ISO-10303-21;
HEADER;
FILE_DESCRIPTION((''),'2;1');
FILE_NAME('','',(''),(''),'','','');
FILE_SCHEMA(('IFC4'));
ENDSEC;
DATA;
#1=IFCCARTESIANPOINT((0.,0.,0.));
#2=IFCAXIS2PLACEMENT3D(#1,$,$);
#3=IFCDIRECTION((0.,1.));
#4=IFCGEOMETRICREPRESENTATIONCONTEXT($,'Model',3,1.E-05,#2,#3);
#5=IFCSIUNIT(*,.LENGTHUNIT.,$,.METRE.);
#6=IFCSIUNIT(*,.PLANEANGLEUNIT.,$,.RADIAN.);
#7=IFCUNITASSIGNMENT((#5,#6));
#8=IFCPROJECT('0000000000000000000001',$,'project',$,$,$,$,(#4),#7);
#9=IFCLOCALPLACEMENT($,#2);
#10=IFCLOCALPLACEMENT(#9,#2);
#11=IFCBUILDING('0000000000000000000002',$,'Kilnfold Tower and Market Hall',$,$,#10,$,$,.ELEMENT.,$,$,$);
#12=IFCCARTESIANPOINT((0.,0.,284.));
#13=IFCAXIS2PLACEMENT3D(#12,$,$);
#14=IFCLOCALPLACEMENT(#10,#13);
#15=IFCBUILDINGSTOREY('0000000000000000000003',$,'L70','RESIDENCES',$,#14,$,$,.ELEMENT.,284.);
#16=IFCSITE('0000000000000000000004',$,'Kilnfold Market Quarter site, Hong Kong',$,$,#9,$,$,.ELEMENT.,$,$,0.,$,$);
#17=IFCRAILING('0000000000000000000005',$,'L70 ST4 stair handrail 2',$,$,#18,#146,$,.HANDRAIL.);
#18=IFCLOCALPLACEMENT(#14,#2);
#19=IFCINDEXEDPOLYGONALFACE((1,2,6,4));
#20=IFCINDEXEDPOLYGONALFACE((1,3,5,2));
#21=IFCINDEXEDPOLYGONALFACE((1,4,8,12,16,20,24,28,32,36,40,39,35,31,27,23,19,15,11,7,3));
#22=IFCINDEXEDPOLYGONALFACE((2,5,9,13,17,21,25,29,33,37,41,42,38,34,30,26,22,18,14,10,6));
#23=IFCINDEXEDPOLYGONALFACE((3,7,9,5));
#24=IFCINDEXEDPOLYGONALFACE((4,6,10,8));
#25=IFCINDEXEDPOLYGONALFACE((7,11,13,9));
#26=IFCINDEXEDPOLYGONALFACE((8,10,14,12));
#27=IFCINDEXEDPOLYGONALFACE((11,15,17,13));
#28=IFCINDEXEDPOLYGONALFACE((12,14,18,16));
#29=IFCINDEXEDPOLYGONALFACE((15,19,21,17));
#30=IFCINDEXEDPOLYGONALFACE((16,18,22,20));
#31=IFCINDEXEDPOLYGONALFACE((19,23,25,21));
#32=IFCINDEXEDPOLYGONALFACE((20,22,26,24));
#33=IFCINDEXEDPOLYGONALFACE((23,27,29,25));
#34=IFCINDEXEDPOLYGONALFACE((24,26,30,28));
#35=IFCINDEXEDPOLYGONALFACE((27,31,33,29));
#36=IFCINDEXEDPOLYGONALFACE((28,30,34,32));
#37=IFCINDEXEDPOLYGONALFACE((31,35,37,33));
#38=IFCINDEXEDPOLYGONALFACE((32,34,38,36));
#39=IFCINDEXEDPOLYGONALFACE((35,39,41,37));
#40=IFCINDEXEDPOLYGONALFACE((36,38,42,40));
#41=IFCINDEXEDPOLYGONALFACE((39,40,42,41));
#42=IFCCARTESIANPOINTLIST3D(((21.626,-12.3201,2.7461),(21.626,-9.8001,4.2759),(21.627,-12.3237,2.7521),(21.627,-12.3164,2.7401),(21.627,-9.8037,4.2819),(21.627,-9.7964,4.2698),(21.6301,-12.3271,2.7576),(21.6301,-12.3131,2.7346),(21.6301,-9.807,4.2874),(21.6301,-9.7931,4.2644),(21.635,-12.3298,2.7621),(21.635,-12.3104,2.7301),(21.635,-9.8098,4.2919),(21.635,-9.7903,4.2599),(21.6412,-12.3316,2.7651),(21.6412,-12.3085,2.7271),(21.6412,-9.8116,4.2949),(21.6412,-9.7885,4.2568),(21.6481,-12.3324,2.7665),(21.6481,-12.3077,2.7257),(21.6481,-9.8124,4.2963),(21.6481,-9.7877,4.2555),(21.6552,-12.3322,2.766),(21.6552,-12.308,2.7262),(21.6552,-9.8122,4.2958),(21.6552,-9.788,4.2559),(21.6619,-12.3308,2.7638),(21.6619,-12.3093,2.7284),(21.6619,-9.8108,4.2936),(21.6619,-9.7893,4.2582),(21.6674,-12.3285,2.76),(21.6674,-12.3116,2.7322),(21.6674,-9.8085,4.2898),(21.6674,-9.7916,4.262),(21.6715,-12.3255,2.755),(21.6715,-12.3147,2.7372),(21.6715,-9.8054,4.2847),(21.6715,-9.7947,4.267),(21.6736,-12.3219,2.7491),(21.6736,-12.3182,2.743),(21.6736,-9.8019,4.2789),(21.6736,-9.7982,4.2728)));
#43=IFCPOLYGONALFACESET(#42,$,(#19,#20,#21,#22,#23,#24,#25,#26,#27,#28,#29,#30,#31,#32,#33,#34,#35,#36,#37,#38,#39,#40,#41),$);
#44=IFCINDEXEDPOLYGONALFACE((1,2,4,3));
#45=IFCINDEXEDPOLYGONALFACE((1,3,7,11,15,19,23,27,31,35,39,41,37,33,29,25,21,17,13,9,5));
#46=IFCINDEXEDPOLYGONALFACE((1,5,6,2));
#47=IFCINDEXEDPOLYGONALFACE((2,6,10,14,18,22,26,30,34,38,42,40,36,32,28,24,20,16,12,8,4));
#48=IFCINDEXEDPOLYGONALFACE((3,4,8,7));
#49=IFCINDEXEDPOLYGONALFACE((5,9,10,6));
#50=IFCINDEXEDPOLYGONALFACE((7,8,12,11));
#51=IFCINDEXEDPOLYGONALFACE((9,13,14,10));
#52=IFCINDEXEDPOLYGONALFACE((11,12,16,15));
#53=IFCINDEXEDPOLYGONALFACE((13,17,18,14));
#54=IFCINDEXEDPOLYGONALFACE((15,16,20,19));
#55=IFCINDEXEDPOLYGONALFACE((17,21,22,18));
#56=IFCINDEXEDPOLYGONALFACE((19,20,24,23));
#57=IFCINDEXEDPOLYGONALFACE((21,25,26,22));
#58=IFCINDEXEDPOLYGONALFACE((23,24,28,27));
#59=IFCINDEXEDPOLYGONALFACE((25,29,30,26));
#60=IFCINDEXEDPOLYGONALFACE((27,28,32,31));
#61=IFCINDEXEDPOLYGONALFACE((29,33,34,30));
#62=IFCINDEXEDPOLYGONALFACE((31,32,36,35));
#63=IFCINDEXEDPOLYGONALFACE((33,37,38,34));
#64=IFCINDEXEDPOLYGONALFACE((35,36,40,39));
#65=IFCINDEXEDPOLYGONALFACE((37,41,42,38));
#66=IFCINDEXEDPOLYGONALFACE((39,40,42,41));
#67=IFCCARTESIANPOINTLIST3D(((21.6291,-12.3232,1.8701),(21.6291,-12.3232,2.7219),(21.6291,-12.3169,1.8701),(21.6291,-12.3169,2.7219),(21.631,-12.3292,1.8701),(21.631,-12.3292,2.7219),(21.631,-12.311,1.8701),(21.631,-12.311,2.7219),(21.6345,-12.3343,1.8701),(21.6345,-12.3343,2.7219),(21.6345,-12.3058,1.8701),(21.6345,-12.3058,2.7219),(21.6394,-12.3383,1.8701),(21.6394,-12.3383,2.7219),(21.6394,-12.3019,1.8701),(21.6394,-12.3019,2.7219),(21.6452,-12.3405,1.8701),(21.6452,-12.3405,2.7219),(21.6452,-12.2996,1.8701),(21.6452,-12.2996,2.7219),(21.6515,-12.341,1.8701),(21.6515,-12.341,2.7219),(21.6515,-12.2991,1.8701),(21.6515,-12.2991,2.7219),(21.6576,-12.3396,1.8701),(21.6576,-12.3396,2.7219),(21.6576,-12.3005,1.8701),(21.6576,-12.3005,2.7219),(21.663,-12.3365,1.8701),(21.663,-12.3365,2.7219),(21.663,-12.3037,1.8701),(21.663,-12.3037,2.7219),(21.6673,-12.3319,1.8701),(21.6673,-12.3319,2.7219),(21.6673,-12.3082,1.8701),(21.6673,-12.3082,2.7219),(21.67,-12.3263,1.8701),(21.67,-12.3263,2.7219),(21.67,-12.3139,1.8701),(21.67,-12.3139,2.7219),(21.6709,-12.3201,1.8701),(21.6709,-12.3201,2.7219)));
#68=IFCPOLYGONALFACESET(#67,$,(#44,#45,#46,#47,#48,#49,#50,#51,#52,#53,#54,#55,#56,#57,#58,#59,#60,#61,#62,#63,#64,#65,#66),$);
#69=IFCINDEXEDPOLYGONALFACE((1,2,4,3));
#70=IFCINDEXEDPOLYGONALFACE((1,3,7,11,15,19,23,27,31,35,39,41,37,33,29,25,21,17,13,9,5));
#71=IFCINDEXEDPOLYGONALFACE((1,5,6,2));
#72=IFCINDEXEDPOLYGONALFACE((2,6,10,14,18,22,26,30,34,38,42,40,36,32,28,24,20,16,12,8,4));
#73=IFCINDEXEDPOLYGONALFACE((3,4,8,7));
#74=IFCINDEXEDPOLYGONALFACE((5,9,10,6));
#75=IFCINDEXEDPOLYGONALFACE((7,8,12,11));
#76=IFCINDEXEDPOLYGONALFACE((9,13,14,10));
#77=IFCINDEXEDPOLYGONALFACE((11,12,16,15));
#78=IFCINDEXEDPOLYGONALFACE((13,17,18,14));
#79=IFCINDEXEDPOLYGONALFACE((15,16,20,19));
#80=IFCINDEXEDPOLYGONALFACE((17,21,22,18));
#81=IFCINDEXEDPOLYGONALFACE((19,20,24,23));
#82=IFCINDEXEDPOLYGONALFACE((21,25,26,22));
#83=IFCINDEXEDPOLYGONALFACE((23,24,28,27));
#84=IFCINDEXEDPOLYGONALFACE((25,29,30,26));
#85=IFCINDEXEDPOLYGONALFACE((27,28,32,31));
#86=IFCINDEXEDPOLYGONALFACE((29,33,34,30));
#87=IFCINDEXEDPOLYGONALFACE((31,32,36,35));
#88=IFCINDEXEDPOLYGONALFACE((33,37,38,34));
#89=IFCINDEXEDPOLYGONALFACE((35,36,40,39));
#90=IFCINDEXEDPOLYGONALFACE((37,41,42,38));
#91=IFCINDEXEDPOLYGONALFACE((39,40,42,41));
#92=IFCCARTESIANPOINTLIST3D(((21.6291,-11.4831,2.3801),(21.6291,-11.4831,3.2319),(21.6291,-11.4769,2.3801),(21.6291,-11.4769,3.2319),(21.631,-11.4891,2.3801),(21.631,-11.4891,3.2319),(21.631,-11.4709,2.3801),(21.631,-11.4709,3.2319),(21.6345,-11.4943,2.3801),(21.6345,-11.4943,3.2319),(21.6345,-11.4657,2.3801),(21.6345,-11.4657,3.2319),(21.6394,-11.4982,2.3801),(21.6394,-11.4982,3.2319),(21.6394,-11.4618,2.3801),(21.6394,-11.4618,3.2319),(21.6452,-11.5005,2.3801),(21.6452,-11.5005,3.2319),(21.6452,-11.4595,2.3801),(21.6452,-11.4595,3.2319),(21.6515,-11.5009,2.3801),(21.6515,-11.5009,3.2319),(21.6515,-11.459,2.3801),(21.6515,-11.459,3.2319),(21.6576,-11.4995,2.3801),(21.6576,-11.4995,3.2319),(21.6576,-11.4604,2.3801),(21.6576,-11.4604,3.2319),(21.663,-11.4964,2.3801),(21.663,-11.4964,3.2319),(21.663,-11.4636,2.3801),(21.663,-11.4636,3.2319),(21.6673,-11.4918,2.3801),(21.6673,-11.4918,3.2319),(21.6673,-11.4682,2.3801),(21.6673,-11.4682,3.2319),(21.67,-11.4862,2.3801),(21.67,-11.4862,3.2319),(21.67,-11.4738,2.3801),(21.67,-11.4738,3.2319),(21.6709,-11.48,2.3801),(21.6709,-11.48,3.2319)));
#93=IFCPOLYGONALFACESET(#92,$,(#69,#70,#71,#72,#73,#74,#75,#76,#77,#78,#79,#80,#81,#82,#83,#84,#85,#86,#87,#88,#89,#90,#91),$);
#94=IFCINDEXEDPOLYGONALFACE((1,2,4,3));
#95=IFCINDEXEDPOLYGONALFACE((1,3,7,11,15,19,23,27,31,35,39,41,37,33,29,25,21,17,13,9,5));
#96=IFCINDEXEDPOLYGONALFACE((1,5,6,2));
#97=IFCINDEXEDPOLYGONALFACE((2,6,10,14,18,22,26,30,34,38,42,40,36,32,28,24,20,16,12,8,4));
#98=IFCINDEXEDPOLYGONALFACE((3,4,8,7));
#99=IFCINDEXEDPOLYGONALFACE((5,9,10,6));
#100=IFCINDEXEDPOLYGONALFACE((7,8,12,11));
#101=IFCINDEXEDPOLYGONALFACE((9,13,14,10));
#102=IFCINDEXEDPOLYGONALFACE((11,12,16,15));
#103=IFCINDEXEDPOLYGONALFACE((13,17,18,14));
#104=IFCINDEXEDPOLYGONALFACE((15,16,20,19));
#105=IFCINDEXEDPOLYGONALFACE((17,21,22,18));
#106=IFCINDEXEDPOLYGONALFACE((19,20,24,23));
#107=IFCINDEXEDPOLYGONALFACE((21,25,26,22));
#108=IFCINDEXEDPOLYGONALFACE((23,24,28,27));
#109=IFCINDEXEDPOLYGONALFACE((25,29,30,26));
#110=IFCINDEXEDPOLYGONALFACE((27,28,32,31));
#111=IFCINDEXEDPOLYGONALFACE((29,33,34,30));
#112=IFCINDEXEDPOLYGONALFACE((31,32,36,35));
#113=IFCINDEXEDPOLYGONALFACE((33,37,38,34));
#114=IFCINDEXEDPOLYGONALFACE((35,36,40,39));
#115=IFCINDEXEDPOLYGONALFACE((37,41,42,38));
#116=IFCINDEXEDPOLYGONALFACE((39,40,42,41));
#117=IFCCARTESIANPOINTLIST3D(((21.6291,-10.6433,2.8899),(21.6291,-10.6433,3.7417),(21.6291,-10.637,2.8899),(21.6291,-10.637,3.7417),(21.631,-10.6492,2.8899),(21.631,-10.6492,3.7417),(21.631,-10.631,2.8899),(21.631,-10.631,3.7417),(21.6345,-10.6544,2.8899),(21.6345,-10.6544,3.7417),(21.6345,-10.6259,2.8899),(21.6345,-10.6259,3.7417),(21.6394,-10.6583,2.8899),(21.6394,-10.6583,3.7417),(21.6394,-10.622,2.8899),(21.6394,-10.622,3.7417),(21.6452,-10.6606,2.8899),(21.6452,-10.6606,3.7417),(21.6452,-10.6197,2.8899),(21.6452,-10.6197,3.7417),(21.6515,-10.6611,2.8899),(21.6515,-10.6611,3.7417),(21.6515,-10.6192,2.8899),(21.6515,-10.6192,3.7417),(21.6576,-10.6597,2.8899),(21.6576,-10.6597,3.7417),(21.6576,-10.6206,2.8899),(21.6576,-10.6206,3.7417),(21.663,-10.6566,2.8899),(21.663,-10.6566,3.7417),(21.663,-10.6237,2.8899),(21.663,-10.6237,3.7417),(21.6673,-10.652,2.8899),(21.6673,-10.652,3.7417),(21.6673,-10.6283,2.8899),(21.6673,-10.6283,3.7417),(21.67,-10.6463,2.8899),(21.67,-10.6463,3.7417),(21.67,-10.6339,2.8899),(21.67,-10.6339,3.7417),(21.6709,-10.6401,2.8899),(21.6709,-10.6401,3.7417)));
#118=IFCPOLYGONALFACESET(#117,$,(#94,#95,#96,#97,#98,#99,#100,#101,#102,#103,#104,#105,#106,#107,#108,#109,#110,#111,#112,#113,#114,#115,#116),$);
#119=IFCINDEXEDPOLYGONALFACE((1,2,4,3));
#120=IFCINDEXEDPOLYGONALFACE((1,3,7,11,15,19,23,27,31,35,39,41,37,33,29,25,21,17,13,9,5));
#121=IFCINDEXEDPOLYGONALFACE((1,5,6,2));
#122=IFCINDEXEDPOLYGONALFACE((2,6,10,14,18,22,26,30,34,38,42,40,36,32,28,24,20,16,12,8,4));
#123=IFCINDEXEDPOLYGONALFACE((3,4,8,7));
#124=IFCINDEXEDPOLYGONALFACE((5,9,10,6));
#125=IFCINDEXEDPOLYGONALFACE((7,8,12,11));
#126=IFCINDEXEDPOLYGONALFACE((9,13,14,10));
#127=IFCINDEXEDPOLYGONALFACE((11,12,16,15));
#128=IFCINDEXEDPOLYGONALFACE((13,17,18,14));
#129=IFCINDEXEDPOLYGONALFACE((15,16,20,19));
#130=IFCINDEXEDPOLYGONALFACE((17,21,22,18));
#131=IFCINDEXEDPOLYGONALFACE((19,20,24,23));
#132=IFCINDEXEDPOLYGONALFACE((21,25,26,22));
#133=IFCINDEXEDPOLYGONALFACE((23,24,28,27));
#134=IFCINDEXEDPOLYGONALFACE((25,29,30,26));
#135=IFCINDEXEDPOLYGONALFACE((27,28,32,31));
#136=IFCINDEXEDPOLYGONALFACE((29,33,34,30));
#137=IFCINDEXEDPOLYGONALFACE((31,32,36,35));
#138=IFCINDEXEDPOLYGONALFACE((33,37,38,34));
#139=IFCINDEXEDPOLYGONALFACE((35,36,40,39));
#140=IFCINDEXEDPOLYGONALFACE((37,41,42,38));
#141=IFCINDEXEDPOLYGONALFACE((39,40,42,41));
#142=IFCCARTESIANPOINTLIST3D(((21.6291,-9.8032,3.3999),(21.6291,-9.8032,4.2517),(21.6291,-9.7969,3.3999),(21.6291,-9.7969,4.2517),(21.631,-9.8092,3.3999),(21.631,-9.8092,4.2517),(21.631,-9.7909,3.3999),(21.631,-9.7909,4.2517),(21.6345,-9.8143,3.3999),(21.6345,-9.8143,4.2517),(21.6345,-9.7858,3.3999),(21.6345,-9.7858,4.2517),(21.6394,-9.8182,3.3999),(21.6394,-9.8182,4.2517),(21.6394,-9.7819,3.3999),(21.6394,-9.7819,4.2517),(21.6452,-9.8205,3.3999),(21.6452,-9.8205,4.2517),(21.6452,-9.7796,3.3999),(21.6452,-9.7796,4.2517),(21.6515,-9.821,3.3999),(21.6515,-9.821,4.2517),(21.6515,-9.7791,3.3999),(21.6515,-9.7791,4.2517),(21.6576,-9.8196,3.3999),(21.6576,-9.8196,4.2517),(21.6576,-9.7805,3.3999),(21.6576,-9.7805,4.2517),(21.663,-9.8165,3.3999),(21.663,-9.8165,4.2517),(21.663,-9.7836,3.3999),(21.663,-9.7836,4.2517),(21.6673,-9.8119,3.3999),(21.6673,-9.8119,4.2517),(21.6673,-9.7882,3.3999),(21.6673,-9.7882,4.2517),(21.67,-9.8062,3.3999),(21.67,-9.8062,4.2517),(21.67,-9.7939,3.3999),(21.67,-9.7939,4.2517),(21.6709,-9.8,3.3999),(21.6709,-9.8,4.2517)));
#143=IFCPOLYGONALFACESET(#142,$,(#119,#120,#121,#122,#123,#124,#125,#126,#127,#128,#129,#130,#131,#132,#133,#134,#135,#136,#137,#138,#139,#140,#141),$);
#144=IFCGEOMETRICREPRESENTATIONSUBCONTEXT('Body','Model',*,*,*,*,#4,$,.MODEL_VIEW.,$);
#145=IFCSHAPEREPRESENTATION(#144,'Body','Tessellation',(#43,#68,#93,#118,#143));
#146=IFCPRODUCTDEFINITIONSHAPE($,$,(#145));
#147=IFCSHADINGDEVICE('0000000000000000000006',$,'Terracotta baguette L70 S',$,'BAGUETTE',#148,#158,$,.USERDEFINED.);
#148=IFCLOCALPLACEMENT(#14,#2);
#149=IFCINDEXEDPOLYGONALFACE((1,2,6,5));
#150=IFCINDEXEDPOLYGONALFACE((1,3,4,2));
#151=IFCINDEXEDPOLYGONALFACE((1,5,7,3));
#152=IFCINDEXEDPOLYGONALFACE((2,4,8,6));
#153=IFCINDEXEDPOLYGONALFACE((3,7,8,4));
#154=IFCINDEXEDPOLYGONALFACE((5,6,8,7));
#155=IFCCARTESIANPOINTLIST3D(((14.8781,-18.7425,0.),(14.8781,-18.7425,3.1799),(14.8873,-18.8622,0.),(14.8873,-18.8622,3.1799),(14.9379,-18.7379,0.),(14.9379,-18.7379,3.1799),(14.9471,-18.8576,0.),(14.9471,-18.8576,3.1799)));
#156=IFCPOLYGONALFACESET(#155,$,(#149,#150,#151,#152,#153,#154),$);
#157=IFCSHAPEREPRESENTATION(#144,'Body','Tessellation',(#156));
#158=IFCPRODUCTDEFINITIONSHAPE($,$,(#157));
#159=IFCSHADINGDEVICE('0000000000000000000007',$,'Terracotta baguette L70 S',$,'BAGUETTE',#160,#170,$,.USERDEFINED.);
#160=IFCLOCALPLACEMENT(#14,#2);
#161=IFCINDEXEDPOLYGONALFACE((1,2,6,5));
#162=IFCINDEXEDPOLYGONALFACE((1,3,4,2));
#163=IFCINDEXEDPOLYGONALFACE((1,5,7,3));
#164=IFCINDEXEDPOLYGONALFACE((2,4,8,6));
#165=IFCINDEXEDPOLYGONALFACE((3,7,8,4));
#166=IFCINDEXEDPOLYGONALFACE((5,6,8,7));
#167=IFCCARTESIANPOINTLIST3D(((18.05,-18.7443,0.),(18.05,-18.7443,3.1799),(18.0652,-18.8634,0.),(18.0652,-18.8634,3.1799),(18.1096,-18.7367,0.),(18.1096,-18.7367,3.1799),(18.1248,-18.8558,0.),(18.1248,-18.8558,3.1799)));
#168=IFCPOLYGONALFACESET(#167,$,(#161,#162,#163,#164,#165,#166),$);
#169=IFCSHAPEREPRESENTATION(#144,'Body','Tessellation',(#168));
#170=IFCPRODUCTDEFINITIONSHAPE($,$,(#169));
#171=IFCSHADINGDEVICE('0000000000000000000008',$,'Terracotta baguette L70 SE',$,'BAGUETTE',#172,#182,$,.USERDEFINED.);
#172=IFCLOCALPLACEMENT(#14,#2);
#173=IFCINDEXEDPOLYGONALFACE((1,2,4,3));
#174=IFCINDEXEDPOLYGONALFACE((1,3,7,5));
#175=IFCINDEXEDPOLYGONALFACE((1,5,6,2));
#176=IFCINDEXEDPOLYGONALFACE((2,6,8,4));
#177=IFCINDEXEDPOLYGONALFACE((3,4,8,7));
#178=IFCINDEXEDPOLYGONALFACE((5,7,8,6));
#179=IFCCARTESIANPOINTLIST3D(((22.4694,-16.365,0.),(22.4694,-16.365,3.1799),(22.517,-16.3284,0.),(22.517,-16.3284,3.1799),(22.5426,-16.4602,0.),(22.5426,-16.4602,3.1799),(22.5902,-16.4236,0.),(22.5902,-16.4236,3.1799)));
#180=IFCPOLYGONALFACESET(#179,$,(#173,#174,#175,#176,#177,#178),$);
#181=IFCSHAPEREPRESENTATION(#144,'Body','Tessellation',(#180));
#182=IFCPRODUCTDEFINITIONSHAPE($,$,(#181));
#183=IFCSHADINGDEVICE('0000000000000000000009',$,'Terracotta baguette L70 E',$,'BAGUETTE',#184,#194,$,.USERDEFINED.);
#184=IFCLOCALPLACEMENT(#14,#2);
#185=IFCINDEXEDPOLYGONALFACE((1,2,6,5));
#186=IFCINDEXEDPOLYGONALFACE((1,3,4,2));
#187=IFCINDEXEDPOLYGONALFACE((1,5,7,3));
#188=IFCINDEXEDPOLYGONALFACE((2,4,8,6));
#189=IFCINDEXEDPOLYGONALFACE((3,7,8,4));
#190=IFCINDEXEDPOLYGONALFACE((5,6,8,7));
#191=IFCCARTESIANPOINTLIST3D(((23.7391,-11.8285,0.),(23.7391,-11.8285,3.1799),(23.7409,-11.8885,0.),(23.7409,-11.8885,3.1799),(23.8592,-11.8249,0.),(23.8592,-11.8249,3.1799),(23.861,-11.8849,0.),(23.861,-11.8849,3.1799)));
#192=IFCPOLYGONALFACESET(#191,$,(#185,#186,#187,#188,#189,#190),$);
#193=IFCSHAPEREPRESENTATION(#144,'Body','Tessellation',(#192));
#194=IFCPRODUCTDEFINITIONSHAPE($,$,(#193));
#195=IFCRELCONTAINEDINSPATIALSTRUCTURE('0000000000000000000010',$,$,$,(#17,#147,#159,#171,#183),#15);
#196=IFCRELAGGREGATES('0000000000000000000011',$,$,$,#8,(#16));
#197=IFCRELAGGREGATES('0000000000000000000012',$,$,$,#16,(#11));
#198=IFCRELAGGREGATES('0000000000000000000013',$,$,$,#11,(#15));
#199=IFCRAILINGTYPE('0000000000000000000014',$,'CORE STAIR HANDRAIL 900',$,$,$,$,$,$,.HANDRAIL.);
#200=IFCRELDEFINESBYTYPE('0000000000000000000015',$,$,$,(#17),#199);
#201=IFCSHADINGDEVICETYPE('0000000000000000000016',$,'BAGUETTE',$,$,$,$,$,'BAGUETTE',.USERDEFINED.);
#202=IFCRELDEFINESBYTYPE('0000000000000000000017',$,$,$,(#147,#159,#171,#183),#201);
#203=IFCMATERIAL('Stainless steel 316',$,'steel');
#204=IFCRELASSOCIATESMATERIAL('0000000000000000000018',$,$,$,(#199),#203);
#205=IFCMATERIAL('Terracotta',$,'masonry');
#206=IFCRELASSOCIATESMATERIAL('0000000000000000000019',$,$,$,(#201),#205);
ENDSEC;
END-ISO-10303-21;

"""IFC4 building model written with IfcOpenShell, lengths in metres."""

from ifc_helpers import new_model, si_unit, direction, frame, origin, origin_2d, place, context, subcontext, project, spatial, rectangle, circle, extrude, source, transform, mapped, material, material_profile, profile_set, type_object, element, save


model = new_model("IFC4")

# Units and contexts
model_context = context("Model", 3, precision=1e-05, world=origin(), true_north=direction((0.0, 1.0)))
body_context = subcontext(model_context, "Body", "Model", "MODEL_VIEW")
ifc_project = project(units=[si_unit("LENGTHUNIT", "METRE"), si_unit("PLANEANGLEUNIT", "RADIAN")], contexts=[model_context])

# Site, building, storey
site_placement = place(None, origin())
site = spatial("IfcSite", under=ifc_project, at=site_placement, Name="Kilnfold Market Quarter site, Hong Kong", CompositionType="ELEMENT", RefElevation=0.0)
building_placement = place(site_placement, origin())
building = spatial("IfcBuilding", under=site, at=building_placement, Name="Kilnfold Tower and Market Hall", CompositionType="ELEMENT")
storey_placement = place(building_placement, frame((0.0, 0.0, 284.0)))
storey = spatial("IfcBuildingStorey", under=building, at=storey_placement, Name="L70", Description="RESIDENCES", CompositionType="ELEMENT", Elevation=284.0)

# Railing
ifc_material_1 = material(Name="Stainless steel 316", Category="steel")
railing_type_1 = type_object("IfcRailingType", Name="CORE STAIR HANDRAIL 900", PredefinedType="HANDRAIL", material=ifc_material_1)
railing_1_placement = place(storey_placement, frame((21.6499, -12.3201, 1.8701)))
element("IfcRailing", 1, at=railing_1_placement, inside=storey, type_object=railing_type_1, Name="L70 ST4 stair handrail 2", PredefinedType="HANDRAIL", context=body_context, shape_type="SweptSolid", body=[
    extrude(circle(Radius=0.0239, at=origin_2d()), frame((0.0, 0.0, 0.876), z_axis=(0.0, 0.854822, 0.518922), x_axis=(-1.0, 0.0, 0.0)), (0.0, 0.0, 1.0), 2.948),
    extrude(circle(Radius=0.021, at=origin_2d()), origin(), (0.0, 0.0, 1.0), 0.8518),
    extrude(circle(Radius=0.021, at=origin_2d()), frame((0.0, 0.8401, 0.51)), (0.0, 0.0, 1.0), 0.8518),
    extrude(circle(Radius=0.021, at=origin_2d()), frame((0.0, 1.6799, 1.0198)), (0.0, 0.0, 1.0), 0.8518),
    extrude(circle(Radius=0.021, at=origin_2d()), frame((0.0, 2.52, 1.5298)), (0.0, 0.0, 1.0), 0.8518),
])

# Shading devices
ifc_material_2 = material(Name="Terracotta", Category="masonry")
ifc_material_profile_1 = material_profile(ifc_material_2, rectangle(XDim=0.0601, YDim=0.1201, at=origin_2d()), Name="BAG 60x120")
ifc_profile_set_1 = profile_set([ifc_material_profile_1], Name="Terracotta")
shading_device_type = type_object("IfcShadingDeviceType", Name="BAGUETTE", ElementType="BAGUETTE", PredefinedType="USERDEFINED", material=ifc_profile_set_1)
shared_shape_1 = source(origin(), body_context, "Body", "SweptSolid", [
    extrude(rectangle(XDim=0.0601, YDim=0.1201, at=origin_2d()), origin(), (0.0, 0.0, 1.0), 3.1799),
])
for number, where, z_axis, x_axis, name in (
    (2, (14.9126, -18.8, 0.0), (0.0, 0.0, 1.0), (0.997057, 0.076662, 0.0), "Terracotta baguette L70 S"),
    (3, (18.0874, -18.8, 0.0), (0.0, 0.0, 1.0), (0.992001, 0.126227, 0.0), "Terracotta baguette L70 S"),
    (4, (22.5298, -16.3943, 0.0), (0.0, 0.0, 1.0), (0.792722, 0.609584, 0.0), "Terracotta baguette L70 SE"),
    (5, (23.8, -11.8567, 0.0), (0.0, 0.0, 1.0), (-0.029656, 0.99956, 0.0), "Terracotta baguette L70 E"),
):
    element("IfcShadingDevice", number, at=place(storey_placement, frame(where, z_axis=z_axis, x_axis=x_axis)), inside=storey, type_object=shading_device_type, Name=name, ObjectType="BAGUETTE", PredefinedType="USERDEFINED", context=body_context, shape_type="MappedRepresentation", body=[
        mapped(shared_shape_1, transform((0.0, 0.0, 0.0))),
    ])

save(model, "model.ifc")
